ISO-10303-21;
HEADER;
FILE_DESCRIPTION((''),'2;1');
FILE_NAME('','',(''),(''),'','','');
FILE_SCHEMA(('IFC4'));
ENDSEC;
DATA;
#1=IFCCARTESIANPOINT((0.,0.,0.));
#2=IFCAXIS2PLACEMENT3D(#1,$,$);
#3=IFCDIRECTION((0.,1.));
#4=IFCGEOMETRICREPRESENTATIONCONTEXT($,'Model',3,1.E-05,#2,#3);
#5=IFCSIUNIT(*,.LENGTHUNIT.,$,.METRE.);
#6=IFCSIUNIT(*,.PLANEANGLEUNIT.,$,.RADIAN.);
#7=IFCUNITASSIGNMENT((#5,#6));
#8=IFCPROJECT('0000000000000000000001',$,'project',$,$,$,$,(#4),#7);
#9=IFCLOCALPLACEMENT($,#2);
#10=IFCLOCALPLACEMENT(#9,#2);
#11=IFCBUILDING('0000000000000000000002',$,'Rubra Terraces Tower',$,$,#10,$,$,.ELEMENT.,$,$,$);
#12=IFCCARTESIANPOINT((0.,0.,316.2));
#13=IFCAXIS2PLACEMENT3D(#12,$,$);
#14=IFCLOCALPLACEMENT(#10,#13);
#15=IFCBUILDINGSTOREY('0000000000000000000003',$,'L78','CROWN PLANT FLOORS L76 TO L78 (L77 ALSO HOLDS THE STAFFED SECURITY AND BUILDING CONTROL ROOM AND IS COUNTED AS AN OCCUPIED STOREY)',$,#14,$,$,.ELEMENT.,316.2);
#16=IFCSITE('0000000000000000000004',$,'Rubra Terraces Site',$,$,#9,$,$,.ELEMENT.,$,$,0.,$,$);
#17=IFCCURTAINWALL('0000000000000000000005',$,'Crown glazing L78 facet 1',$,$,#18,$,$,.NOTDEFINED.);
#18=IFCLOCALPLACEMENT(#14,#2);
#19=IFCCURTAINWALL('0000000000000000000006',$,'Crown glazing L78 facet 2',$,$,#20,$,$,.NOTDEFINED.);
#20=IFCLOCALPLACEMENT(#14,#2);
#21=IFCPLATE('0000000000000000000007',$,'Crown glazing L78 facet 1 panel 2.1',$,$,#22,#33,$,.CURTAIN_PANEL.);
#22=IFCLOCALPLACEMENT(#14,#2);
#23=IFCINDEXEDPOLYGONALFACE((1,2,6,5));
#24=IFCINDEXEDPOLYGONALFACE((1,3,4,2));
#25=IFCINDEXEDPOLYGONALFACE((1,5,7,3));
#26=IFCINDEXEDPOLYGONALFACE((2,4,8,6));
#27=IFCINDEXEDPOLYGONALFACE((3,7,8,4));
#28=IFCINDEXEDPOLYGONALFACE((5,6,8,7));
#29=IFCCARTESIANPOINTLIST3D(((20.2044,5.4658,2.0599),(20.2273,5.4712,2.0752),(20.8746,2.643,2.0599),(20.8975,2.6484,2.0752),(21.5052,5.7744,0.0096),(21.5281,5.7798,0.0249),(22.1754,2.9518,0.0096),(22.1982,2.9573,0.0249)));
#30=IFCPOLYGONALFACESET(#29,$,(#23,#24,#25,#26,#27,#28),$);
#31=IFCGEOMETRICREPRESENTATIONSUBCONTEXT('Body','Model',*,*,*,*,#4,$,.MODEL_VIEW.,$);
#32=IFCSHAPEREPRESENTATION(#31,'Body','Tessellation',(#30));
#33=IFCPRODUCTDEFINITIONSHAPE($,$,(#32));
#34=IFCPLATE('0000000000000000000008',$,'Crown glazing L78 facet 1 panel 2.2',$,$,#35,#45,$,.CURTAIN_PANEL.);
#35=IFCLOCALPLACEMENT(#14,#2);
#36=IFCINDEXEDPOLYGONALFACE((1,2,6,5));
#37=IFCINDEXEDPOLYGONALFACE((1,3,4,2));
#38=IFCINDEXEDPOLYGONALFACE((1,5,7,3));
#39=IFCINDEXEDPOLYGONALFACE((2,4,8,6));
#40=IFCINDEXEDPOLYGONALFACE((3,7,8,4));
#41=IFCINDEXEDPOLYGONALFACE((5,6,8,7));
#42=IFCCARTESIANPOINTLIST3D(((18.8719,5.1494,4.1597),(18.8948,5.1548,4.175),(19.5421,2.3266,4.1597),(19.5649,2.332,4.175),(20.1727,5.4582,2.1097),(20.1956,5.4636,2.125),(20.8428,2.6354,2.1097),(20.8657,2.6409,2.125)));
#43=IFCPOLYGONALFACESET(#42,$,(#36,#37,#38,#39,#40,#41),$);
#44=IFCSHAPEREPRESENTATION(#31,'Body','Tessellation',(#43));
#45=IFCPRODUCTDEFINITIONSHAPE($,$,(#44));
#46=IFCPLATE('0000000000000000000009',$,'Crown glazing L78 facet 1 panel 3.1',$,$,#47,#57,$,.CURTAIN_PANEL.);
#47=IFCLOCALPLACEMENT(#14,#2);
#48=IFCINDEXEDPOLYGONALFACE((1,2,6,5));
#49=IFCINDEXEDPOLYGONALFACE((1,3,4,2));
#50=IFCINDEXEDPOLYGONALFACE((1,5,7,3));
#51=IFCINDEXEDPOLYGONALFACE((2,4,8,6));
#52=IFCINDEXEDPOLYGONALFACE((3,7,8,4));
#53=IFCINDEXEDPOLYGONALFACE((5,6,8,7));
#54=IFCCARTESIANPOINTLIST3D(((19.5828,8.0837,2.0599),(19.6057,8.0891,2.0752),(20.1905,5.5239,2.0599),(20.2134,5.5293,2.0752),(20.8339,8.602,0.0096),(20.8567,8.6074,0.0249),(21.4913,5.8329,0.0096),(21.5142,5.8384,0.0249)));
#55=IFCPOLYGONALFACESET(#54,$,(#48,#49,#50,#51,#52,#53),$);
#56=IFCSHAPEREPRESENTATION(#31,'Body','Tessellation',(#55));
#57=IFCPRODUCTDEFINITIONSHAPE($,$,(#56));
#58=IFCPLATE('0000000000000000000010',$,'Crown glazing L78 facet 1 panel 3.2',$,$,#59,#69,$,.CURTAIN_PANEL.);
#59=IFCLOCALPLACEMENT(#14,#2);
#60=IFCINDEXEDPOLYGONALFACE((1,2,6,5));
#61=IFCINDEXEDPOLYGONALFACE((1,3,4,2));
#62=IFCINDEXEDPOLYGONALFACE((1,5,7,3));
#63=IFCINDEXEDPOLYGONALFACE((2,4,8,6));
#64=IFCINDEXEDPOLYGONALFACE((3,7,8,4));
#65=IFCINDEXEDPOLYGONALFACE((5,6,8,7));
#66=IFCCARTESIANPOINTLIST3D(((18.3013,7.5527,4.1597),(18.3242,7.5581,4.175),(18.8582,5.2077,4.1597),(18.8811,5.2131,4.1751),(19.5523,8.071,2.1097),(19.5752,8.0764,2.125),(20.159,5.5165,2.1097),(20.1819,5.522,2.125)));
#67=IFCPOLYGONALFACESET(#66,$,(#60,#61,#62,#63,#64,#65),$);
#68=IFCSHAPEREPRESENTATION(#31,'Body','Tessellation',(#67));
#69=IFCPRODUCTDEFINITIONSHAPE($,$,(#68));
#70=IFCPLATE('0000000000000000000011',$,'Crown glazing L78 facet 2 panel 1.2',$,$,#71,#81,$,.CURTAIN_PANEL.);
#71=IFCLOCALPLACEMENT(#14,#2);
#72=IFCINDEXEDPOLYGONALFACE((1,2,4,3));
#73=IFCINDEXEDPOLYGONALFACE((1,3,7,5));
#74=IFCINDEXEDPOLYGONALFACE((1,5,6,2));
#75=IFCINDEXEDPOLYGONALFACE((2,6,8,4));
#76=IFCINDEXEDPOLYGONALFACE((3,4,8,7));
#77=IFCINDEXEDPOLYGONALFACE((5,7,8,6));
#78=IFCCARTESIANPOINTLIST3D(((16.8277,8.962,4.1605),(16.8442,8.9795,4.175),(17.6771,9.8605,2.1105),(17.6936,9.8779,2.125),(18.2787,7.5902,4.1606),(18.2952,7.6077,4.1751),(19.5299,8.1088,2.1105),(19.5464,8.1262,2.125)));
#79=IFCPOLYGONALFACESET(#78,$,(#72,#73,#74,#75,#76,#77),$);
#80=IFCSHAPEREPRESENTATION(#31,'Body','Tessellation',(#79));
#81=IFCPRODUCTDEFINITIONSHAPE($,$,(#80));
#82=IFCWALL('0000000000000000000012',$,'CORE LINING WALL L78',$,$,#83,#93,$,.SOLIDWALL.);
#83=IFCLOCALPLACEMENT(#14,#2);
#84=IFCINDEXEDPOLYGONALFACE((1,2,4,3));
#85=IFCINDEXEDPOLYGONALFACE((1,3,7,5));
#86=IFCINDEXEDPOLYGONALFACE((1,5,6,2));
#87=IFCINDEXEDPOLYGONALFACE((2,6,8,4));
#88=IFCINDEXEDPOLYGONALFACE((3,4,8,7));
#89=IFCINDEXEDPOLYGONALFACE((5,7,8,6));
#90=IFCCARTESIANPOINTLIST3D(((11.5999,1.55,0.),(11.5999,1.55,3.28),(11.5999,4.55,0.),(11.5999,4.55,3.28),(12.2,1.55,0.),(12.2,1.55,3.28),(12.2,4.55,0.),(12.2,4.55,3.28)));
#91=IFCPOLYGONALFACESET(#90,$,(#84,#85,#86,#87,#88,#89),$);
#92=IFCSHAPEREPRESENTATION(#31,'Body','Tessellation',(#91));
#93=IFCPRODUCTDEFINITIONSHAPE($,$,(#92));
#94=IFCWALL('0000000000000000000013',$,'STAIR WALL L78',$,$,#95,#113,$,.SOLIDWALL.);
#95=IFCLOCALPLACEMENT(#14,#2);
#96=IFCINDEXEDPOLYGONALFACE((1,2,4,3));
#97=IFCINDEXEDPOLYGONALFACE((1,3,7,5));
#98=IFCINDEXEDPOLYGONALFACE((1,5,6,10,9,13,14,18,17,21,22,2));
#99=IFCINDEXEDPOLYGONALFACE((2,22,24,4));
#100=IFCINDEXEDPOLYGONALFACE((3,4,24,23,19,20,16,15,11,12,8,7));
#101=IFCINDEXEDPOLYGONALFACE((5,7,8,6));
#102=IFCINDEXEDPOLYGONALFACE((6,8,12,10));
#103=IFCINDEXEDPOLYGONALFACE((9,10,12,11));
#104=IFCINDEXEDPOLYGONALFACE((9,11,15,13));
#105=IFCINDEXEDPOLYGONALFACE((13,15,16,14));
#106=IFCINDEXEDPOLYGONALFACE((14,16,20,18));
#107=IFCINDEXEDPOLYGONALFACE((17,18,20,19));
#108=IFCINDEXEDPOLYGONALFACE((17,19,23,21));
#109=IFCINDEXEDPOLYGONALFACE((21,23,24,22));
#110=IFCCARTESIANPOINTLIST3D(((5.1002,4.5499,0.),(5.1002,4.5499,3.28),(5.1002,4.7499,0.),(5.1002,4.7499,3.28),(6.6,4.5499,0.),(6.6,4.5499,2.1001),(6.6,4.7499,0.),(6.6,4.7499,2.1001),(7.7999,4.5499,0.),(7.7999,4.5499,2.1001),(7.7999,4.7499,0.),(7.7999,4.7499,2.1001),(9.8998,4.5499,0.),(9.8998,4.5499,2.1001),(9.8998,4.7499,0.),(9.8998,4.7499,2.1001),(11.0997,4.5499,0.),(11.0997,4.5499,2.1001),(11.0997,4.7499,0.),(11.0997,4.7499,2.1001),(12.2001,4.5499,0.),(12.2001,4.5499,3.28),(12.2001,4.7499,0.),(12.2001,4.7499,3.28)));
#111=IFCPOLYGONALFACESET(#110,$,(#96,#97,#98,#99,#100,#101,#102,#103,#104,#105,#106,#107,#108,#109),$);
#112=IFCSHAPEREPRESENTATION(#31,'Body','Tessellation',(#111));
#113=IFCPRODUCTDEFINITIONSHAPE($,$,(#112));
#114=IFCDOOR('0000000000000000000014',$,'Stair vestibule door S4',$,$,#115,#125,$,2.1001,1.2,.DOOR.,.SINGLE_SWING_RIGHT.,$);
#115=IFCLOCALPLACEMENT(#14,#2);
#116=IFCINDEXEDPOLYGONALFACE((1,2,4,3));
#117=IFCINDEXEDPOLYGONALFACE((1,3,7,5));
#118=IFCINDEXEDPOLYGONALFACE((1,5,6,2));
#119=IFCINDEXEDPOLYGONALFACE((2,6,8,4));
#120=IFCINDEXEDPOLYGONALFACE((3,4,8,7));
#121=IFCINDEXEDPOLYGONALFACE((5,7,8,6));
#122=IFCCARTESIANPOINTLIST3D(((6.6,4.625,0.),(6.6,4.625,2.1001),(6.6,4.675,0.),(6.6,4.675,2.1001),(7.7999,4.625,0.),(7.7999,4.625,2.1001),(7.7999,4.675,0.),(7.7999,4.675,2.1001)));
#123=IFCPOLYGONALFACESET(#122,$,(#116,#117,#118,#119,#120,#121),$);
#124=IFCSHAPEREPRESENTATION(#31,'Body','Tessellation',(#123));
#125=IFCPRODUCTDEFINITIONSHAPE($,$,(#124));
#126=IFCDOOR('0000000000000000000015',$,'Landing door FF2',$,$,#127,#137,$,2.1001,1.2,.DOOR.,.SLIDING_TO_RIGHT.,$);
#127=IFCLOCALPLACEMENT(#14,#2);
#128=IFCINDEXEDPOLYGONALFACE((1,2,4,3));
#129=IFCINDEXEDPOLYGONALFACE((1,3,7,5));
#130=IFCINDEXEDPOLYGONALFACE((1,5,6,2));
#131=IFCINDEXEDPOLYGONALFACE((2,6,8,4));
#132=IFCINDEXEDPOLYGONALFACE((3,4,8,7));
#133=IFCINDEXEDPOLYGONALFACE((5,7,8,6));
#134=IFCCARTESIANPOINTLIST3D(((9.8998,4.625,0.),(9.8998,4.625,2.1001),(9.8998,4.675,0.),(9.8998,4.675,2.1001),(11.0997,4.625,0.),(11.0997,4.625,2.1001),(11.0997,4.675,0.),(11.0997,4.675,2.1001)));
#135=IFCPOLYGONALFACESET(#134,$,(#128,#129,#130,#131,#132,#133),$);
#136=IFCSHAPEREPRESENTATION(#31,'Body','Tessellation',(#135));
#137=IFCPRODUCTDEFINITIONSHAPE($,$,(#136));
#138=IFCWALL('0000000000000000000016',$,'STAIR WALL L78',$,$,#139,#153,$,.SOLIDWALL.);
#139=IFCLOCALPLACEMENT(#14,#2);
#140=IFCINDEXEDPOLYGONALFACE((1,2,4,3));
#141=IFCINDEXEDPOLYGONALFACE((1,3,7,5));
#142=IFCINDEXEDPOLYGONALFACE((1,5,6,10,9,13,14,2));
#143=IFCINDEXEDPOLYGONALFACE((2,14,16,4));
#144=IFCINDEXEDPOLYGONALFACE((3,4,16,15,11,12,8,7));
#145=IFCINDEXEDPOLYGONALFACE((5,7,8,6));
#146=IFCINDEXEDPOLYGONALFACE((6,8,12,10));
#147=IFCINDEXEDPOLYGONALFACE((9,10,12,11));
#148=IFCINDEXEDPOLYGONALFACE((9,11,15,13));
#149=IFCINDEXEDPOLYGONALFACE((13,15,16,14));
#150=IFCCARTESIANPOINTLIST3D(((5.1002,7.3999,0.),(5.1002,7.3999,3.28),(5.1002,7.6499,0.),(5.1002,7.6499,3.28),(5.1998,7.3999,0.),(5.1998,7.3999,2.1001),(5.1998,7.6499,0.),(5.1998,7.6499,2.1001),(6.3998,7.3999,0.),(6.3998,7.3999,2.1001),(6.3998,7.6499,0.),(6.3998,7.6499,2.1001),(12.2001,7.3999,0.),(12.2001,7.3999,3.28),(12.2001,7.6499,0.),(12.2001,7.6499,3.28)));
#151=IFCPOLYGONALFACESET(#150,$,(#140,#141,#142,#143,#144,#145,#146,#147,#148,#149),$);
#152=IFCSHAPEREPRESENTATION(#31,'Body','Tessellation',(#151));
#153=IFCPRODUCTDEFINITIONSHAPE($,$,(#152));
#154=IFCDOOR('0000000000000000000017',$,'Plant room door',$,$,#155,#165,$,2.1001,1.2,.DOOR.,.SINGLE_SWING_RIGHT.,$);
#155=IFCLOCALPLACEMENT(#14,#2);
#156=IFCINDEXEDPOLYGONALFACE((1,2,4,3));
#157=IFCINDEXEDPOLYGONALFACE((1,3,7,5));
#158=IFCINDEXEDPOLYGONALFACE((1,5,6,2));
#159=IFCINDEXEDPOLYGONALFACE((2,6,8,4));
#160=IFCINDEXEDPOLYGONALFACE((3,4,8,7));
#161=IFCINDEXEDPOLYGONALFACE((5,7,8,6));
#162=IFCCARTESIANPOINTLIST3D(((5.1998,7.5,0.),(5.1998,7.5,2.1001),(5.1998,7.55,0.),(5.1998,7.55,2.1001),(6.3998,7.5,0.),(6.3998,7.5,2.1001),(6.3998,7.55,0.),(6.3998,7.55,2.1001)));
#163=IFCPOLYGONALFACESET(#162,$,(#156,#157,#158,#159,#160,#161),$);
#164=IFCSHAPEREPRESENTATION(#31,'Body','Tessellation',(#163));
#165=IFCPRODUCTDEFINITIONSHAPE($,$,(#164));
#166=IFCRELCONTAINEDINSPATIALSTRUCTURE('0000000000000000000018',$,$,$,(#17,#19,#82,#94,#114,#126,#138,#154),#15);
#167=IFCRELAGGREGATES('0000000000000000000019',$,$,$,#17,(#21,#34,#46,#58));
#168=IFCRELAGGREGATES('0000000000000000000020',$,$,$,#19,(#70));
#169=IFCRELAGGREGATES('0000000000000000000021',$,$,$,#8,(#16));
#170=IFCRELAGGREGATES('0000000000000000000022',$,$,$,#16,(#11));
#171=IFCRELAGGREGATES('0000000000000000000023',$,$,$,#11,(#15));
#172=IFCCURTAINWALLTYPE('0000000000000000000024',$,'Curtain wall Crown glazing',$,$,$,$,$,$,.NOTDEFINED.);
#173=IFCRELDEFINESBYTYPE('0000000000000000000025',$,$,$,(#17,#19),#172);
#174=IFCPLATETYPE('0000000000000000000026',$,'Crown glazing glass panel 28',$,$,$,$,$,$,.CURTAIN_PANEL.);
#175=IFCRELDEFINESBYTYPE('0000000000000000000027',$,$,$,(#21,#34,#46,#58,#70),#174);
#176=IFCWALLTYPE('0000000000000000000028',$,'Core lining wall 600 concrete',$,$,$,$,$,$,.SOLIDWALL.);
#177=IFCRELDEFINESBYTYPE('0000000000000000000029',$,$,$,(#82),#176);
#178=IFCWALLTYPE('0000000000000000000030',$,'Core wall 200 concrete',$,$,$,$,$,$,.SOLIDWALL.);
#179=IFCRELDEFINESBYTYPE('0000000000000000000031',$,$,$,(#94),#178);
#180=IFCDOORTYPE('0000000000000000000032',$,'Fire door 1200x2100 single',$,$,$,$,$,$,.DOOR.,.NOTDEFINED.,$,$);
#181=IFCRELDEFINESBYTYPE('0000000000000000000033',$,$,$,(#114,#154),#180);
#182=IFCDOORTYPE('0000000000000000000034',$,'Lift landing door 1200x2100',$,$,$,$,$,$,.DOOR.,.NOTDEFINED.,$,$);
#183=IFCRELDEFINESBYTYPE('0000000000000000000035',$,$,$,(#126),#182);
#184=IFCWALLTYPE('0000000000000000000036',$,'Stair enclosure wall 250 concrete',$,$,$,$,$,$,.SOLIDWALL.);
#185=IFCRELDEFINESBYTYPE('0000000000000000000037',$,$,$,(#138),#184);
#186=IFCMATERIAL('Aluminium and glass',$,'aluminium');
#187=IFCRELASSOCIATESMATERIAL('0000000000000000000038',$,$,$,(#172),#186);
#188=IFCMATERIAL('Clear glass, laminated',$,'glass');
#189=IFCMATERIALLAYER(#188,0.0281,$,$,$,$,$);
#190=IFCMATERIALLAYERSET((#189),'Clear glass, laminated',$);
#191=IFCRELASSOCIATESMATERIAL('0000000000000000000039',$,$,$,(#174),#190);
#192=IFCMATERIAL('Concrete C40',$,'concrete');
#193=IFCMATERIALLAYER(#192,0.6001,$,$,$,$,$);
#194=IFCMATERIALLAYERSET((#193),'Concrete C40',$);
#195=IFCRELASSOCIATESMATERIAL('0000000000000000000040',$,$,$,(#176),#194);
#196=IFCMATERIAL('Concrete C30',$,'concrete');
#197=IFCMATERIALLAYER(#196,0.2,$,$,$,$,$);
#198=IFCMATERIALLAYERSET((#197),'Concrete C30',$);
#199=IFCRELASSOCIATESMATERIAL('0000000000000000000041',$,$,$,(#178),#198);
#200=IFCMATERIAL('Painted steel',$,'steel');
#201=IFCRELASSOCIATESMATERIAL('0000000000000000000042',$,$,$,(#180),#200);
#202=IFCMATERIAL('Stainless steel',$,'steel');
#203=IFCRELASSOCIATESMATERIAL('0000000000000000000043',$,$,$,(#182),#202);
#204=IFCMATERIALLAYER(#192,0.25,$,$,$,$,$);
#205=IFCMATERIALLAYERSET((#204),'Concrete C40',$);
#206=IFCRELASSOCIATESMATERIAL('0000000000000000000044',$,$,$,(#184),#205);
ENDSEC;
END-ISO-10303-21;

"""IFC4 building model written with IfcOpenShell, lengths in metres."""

from ifc_helpers import new_model, si_unit, direction, frame, frame_2d, origin, place, context, subcontext, project, spatial, polyline, rectangle, outline, extrude, material, layer, layer_set, type_object, element, fill, aggregate, save


model = new_model("IFC4")

# Units and contexts
model_context = context("Model", 3, precision=1e-05, world=origin(), true_north=direction((0.0, 1.0)))
body_context = subcontext(model_context, "Body", "Model", "MODEL_VIEW")
ifc_project = project(units=[si_unit("LENGTHUNIT", "METRE"), si_unit("PLANEANGLEUNIT", "RADIAN")], contexts=[model_context])

# Site, building, storey
site_placement = place(None, origin())
site = spatial("IfcSite", under=ifc_project, at=site_placement, Name="Rubra Terraces Site", CompositionType="ELEMENT", RefElevation=0.0)
building_placement = place(site_placement, origin())
building = spatial("IfcBuilding", under=site, at=building_placement, Name="Rubra Terraces Tower", CompositionType="ELEMENT")
storey_placement = place(building_placement, frame((0.0, 0.0, 316.2)))
storey = spatial("IfcBuildingStorey", under=building, at=storey_placement, Name="L78", Description="CROWN PLANT FLOORS L76 TO L78 (L77 ALSO HOLDS THE STAFFED SECURITY AND BUILDING CONTROL ROOM AND IS COUNTED AS AN OCCUPIED STOREY)", CompositionType="ELEMENT", Elevation=316.2)

# Curtain wall
ifc_material_1 = material(Name="Aluminium and glass", Category="aluminium")
curtain_wall_type = type_object("IfcCurtainWallType", Name="Curtain wall Crown glazing", PredefinedType="NOTDEFINED", material=ifc_material_1)
curtain_wall_1_placement = place(storey_placement, origin())
curtain_wall_1 = element("IfcCurtainWall", 1, at=curtain_wall_1_placement, inside=storey, type_object=curtain_wall_type, Name="Crown glazing L78 facet 1", PredefinedType="NOTDEFINED")

# Curtain wall
curtain_wall_2_placement = place(storey_placement, origin())
curtain_wall_2 = element("IfcCurtainWall", 2, at=curtain_wall_2_placement, inside=storey, type_object=curtain_wall_type, Name="Crown glazing L78 facet 2", PredefinedType="NOTDEFINED")

# Plates
ifc_material_2 = material(Name="Clear glass, laminated", Category="glass")
ifc_layer_1 = layer(ifc_material_2, 0.0281)
ifc_layer_set_1 = layer_set([ifc_layer_1], Name="Clear glass, laminated")
plate_type = type_object("IfcPlateType", Name="Crown glazing glass panel 28", PredefinedType="CURTAIN_PANEL", material=ifc_layer_set_1)
plate_1_placement = place(storey_placement, frame((22.1982, 2.9573, 0.0249), z_axis=(0.814998, 0.193502, 0.546201), x_axis=(-0.231007, 0.972952, 0.000004)))
plate_1 = element("IfcPlate", 3, at=plate_1_placement, type_object=plate_type, Name="Crown glazing L78 facet 1 panel 2.1", PredefinedType="CURTAIN_PANEL", context=body_context, shape_type="SweptSolid", body=[
    extrude(outline(polyline([(0.0, 0.0), (2.901, 0.0), (2.9012, 2.4476), (0.0, 2.4477), (0.0, 0.0)])), origin(), (0.0, 0.0, -1.0), 0.0281),
])
plate_2_placement = place(storey_placement, frame((20.8657, 2.6409, 2.125), z_axis=(0.814966, 0.193486, 0.546254), x_axis=(-0.230995, 0.972955, 0.0)))
plate_2 = element("IfcPlate", 4, at=plate_2_placement, type_object=plate_type, Name="Crown glazing L78 facet 1 panel 2.2", PredefinedType="CURTAIN_PANEL", context=body_context, shape_type="SweptSolid", body=[
    extrude(outline(polyline([(0.0, 0.0), (2.9012, 0.0), (2.9012, 2.4475), (0.0, 2.4475), (0.0, 0.0)])), origin(), (0.0, 0.0, -1.0), 0.0281),
])
plate_3_placement = place(storey_placement, frame((21.5142, 5.8384, 0.0249), z_axis=(0.814997, 0.19349, 0.546207), x_axis=(-0.230998, 0.972954, 0.00001)))
plate_3 = element("IfcPlate", 5, at=plate_3_placement, type_object=plate_type, Name="Crown glazing L78 facet 1 panel 3.1", PredefinedType="CURTAIN_PANEL", context=body_context, shape_type="SweptSolid", body=[
    extrude(outline(polyline([(0.0, 0.0), (2.846, 0.0), (2.6307, 2.4476), (-0.0002, 2.4477), (0.0, 0.0)])), origin(), (0.0, 0.0, -1.0), 0.0281),
])
plate_4_placement = place(storey_placement, frame((20.1819, 5.522, 2.125), z_axis=(0.814957, 0.193546, 0.546246), x_axis=(-0.231069, 0.972937, 0.000005)))
plate_4 = element("IfcPlate", 6, at=plate_4_placement, type_object=plate_type, Name="Crown glazing L78 facet 1 panel 3.2", PredefinedType="CURTAIN_PANEL", context=body_context, shape_type="SweptSolid", body=[
    extrude(outline(polyline([(0.0, 0.0), (2.6255, 0.0), (2.4103, 2.4474), (0.0001, 2.4475), (0.0, 0.0)])), origin(), (0.0, 0.0, -1.0), 0.0281),
])
aggregate(curtain_wall_1, [plate_1, plate_2, plate_3, plate_4])
plate_5_placement = place(storey_placement, frame((19.5464, 8.1262, 2.125), z_axis=(0.588303, 0.622238, 0.516448), x_axis=(-0.726645, 0.687013, 0.000004)))
plate_5 = element("IfcPlate", 7, at=plate_5_placement, type_object=plate_type, Name="Crown glazing L78 facet 2 panel 1.2", PredefinedType="CURTAIN_PANEL", context=body_context, shape_type="SweptSolid", body=[
    extrude(outline(polyline([(0.0, 0.0), (2.5498, 0.0), (2.5497, 2.394), (0.5529, 2.394), (0.0, 0.0)])), origin(), (0.0, 0.0, -1.0), 0.0281),
])
aggregate(curtain_wall_2, [plate_5])

# Wall
ifc_material_3 = material(Name="Concrete C40", Category="concrete")
ifc_layer_2 = layer(ifc_material_3, 0.6001)
ifc_layer_set_2 = layer_set([ifc_layer_2], Name="Concrete C40")
wall_type_1 = type_object("IfcWallType", Name="Core lining wall 600 concrete", PredefinedType="SOLIDWALL", material=ifc_layer_set_2)
wall_1_placement = place(storey_placement, frame((11.8999, 4.55, 0.0), z_axis=(0.0, 0.0, 1.0), x_axis=(0.0, -1.0, 0.0)))
element("IfcWall", 8, at=wall_1_placement, inside=storey, type_object=wall_type_1, Name="CORE LINING WALL L78", PredefinedType="SOLIDWALL", context=body_context, shape_type="SweptSolid", body=[
    extrude(rectangle(XDim=3.0, YDim=0.6001, at=frame_2d((1.5, 0.0))), origin(), (0.0, 0.0, 1.0), 3.28),
])

# Wall, openings, doors
ifc_material_4 = material(Name="Concrete C30", Category="concrete")
ifc_layer_3 = layer(ifc_material_4, 0.2)
ifc_layer_set_3 = layer_set([ifc_layer_3], Name="Concrete C30")
wall_type_2 = type_object("IfcWallType", Name="Core wall 200 concrete", PredefinedType="SOLIDWALL", material=ifc_layer_set_3)
wall_2_placement = place(storey_placement, frame((12.2, 4.6499, 0.0), z_axis=(0.0, 0.0, 1.0), x_axis=(-1.0, 0.0, 0.0)))
wall_2 = element("IfcWall", 9, at=wall_2_placement, inside=storey, type_object=wall_type_2, Name="STAIR WALL L78", PredefinedType="SOLIDWALL", context=body_context, shape_type="SweptSolid", body=[
    extrude(rectangle(XDim=7.0999, YDim=0.2, at=frame_2d((3.5498, 0.0))), origin(), (0.0, 0.0, 1.0), 3.28),
])
opening_1_placement = place(wall_2_placement, frame((4.3999, 0.0, 0.0)))
opening_1 = element("IfcOpeningElement", 10, at=opening_1_placement, cuts=wall_2, PredefinedType="OPENING", context=body_context, shape_type="SweptSolid", body=[
    extrude(rectangle(XDim=1.2, YDim=2.1001, at=frame_2d((0.6001, 1.05))), frame((0.0, 0.1099, 0.0), z_axis=(0.0, -1.0, 0.0), x_axis=(1.0, 0.0, 0.0)), (0.0, 0.0, 1.0), 0.22),
])
opening_2_placement = place(wall_2_placement, frame((1.1001, 0.0, 0.0)))
opening_2 = element("IfcOpeningElement", 11, at=opening_2_placement, cuts=wall_2, PredefinedType="OPENING", context=body_context, shape_type="SweptSolid", body=[
    extrude(rectangle(XDim=1.2, YDim=2.1001, at=frame_2d((0.6001, 1.05))), frame((0.0, 0.1099, 0.0), z_axis=(0.0, -1.0, 0.0), x_axis=(1.0, 0.0, 0.0)), (0.0, 0.0, 1.0), 0.22),
])
ifc_material_5 = material(Name="Painted steel", Category="steel")
door_type_1 = type_object("IfcDoorType", Name="Fire door 1200x2100 single", OperationType="NOTDEFINED", PredefinedType="DOOR", material=ifc_material_5)
door_1_placement = place(opening_1_placement, origin())
door_1 = element("IfcDoor", 12, at=door_1_placement, inside=storey, type_object=door_type_1, Name="Stair vestibule door S4", OperationType="SINGLE_SWING_RIGHT", OverallHeight=2.1001, OverallWidth=1.2, PredefinedType="DOOR", context=body_context, shape_type="SweptSolid", body=[
    extrude(rectangle(XDim=1.2, YDim=2.1001, at=frame_2d((0.6001, 1.05))), frame((0.0, 0.0249, 0.0), z_axis=(0.0, -1.0, 0.0), x_axis=(1.0, 0.0, 0.0)), (0.0, 0.0, 1.0), 0.05),
])
fill(opening_1, door_1)
ifc_material_6 = material(Name="Stainless steel", Category="steel")
door_type_2 = type_object("IfcDoorType", Name="Lift landing door 1200x2100", OperationType="NOTDEFINED", PredefinedType="DOOR", material=ifc_material_6)
door_2_placement = place(opening_2_placement, origin())
door_2 = element("IfcDoor", 13, at=door_2_placement, inside=storey, type_object=door_type_2, Name="Landing door FF2", OperationType="SLIDING_TO_RIGHT", OverallHeight=2.1001, OverallWidth=1.2, PredefinedType="DOOR", context=body_context, shape_type="SweptSolid", body=[
    extrude(rectangle(XDim=1.2, YDim=2.1001, at=frame_2d((0.6001, 1.05))), frame((0.0, 0.0249, 0.0), z_axis=(0.0, -1.0, 0.0), x_axis=(1.0, 0.0, 0.0)), (0.0, 0.0, 1.0), 0.05),
])
fill(opening_2, door_2)

# Wall, opening, door
ifc_layer_4 = layer(ifc_material_3, 0.25)
ifc_layer_set_4 = layer_set([ifc_layer_4], Name="Concrete C40")
wall_type_3 = type_object("IfcWallType", Name="Stair enclosure wall 250 concrete", PredefinedType="SOLIDWALL", material=ifc_layer_set_4)
wall_3_placement = place(storey_placement, frame((12.2, 7.5249, 0.0), z_axis=(0.0, 0.0, 1.0), x_axis=(-1.0, 0.0, 0.0)))
wall_3 = element("IfcWall", 14, at=wall_3_placement, inside=storey, type_object=wall_type_3, Name="STAIR WALL L78", PredefinedType="SOLIDWALL", context=body_context, shape_type="SweptSolid", body=[
    extrude(rectangle(XDim=7.0999, YDim=0.25, at=frame_2d((3.5498, 0.0))), origin(), (0.0, 0.0, 1.0), 3.28),
])
opening_3_placement = place(wall_3_placement, frame((5.8, 0.0, 0.0)))
opening_3 = element("IfcOpeningElement", 15, at=opening_3_placement, cuts=wall_3, PredefinedType="OPENING", context=body_context, shape_type="SweptSolid", body=[
    extrude(rectangle(XDim=1.2, YDim=2.1001, at=frame_2d((0.6001, 1.05))), frame((0.0, 0.135, 0.0), z_axis=(0.0, -1.0, 0.0), x_axis=(1.0, 0.0, 0.0)), (0.0, 0.0, 1.0), 0.27),
])
door_3_placement = place(opening_3_placement, origin())
door_3 = element("IfcDoor", 16, at=door_3_placement, inside=storey, type_object=door_type_1, Name="Plant room door", OperationType="SINGLE_SWING_RIGHT", OverallHeight=2.1001, OverallWidth=1.2, PredefinedType="DOOR", context=body_context, shape_type="SweptSolid", body=[
    extrude(rectangle(XDim=1.2, YDim=2.1001, at=frame_2d((0.6001, 1.05))), frame((0.0, 0.0249, 0.0), z_axis=(0.0, -1.0, 0.0), x_axis=(1.0, 0.0, 0.0)), (0.0, 0.0, 1.0), 0.05),
])
fill(opening_3, door_3)

save(model, "model.ifc")
